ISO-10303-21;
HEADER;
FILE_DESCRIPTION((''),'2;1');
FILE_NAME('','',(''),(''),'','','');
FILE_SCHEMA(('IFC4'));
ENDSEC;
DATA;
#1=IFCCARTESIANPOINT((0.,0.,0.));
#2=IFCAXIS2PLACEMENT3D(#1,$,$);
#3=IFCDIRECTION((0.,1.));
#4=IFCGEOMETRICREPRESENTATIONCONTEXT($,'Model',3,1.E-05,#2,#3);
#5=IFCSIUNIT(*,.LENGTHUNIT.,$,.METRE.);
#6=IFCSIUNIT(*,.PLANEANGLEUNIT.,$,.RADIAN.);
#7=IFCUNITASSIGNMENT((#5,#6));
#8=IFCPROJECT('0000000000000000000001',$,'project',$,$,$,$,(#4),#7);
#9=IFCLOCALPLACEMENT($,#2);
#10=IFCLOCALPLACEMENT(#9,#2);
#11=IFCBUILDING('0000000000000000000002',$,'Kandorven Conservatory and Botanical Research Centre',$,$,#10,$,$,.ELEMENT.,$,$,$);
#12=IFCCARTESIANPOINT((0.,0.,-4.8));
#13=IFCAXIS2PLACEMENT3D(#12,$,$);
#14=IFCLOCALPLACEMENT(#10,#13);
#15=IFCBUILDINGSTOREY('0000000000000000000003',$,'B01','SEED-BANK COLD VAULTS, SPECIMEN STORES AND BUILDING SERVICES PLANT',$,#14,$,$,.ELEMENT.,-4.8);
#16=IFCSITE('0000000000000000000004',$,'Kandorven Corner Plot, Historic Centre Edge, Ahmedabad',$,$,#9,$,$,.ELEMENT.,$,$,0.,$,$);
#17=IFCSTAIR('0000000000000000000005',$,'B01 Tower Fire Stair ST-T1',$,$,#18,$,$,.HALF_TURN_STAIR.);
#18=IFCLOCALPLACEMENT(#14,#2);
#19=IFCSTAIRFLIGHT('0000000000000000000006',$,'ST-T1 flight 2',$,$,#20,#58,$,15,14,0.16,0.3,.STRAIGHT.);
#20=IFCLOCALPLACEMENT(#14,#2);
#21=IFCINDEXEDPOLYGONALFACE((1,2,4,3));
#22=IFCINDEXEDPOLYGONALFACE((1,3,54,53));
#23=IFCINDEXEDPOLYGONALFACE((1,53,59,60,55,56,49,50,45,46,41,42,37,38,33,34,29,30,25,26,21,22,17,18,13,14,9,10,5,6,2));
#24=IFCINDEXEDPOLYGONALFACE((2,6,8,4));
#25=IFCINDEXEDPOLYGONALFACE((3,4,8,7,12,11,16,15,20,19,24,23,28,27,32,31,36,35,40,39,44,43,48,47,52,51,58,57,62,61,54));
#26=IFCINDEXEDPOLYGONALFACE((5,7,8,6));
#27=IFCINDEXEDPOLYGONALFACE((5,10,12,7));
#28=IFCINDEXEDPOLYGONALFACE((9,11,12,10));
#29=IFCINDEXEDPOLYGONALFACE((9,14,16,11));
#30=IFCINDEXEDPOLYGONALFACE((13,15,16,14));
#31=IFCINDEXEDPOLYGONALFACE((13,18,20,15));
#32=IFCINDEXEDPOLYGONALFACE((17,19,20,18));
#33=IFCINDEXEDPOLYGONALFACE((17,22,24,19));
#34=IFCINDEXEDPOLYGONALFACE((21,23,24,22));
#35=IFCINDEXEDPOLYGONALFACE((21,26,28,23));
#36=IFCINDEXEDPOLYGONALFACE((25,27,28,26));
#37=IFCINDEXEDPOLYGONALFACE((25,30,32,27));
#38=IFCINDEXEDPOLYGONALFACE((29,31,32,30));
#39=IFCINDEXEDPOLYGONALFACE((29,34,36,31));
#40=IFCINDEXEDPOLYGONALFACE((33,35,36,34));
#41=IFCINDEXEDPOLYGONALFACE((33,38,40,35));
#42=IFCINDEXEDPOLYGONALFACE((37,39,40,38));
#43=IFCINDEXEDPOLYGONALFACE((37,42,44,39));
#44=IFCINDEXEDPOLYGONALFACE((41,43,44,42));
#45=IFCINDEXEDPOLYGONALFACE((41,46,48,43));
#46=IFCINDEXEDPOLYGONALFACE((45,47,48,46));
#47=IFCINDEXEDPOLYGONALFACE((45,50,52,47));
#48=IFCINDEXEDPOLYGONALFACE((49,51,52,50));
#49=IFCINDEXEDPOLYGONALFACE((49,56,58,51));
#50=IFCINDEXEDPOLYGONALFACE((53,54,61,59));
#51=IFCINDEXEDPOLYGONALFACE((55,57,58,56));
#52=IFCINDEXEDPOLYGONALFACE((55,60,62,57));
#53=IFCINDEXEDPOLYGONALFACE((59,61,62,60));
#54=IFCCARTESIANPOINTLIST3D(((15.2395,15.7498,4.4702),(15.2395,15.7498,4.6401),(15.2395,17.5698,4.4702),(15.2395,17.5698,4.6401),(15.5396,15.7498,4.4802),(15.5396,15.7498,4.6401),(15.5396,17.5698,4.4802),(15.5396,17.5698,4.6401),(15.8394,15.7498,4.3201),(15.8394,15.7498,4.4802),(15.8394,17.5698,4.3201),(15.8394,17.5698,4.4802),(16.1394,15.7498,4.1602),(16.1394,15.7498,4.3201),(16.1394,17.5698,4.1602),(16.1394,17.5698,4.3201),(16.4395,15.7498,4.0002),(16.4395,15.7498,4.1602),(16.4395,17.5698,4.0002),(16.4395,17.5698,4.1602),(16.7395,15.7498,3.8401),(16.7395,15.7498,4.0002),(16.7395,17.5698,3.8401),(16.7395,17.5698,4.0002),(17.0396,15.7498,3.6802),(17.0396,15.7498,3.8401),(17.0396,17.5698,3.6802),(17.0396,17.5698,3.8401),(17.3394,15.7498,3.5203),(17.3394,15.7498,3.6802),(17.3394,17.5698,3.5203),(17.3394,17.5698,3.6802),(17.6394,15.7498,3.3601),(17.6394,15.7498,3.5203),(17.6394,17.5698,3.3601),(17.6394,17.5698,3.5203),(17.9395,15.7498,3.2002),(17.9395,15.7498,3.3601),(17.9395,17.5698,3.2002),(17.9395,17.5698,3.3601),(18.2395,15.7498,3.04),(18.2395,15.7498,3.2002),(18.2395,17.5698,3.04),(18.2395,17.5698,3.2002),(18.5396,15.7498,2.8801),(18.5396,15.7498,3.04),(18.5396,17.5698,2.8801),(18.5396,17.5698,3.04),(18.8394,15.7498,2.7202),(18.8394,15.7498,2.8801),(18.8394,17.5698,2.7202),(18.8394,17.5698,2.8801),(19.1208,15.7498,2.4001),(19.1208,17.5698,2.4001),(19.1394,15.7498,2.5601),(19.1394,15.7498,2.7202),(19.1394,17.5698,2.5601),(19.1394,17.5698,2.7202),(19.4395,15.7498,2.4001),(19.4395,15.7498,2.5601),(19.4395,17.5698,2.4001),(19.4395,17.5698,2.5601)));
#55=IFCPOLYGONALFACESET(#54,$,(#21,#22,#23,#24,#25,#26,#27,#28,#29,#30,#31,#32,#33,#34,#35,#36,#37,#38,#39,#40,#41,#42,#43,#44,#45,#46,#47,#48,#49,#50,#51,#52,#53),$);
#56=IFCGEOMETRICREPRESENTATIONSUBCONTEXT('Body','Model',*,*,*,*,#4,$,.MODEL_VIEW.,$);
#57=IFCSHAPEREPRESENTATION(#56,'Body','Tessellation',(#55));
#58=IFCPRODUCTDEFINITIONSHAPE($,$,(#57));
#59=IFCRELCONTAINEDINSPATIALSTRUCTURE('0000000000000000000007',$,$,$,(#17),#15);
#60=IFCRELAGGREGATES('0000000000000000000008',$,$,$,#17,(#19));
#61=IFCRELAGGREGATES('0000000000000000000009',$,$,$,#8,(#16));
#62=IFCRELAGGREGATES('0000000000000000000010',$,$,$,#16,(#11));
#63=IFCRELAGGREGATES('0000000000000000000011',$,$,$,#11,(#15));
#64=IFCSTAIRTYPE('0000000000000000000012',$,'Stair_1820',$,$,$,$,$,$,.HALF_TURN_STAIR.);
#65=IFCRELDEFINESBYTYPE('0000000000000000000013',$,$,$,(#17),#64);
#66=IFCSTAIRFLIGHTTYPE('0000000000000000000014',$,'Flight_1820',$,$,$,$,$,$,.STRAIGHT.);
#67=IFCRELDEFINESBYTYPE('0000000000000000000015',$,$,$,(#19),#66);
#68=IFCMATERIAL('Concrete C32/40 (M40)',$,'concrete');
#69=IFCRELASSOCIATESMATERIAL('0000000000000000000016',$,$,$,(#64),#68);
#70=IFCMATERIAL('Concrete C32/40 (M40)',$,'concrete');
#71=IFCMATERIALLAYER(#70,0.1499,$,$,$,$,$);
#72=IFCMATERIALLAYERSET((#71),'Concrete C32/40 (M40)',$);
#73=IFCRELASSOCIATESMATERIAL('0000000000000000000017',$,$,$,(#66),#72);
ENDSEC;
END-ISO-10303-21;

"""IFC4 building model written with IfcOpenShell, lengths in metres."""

from ifc_helpers import new_model, si_unit, direction, frame, origin, place, context, subcontext, project, spatial, polyline, outline, extrude, material, layer, layer_set, type_object, element, aggregate, save


model = new_model("IFC4")

# Units and contexts
model_context = context("Model", 3, precision=1e-05, world=origin(), true_north=direction((0.0, 1.0)))
body_context = subcontext(model_context, "Body", "Model", "MODEL_VIEW")
ifc_project = project(units=[si_unit("LENGTHUNIT", "METRE"), si_unit("PLANEANGLEUNIT", "RADIAN")], contexts=[model_context])

# Site, building, storey
site_placement = place(None, origin())
site = spatial("IfcSite", under=ifc_project, at=site_placement, Name="Kandorven Corner Plot, Historic Centre Edge, Ahmedabad", CompositionType="ELEMENT", RefElevation=0.0)
building_placement = place(site_placement, origin())
building = spatial("IfcBuilding", under=site, at=building_placement, Name="Kandorven Conservatory and Botanical Research Centre", CompositionType="ELEMENT")
storey_placement = place(building_placement, frame((0.0, 0.0, -4.8)))
storey = spatial("IfcBuildingStorey", under=building, at=storey_placement, Name="B01", Description="SEED-BANK COLD VAULTS, SPECIMEN STORES AND BUILDING SERVICES PLANT", CompositionType="ELEMENT", Elevation=-4.8)

# Stair, stair flight
ifc_material_1 = material(Name="Concrete C32/40 (M40)", Category="concrete")
stair_type = type_object("IfcStairType", Name="Stair_1820", PredefinedType="HALF_TURN_STAIR", material=ifc_material_1)
stair_placement = place(storey_placement, origin())
stair = element("IfcStair", 1, at=stair_placement, inside=storey, type_object=stair_type, Name="B01 Tower Fire Stair ST-T1", PredefinedType="HALF_TURN_STAIR")
ifc_material_2 = material(Name="Concrete C32/40 (M40)", Category="concrete")
ifc_layer_1 = layer(ifc_material_2, 0.1499)
ifc_layer_set_1 = layer_set([ifc_layer_1], Name="Concrete C32/40 (M40)")
stair_flight_type = type_object("IfcStairFlightType", Name="Flight_1820", PredefinedType="STRAIGHT", material=ifc_layer_set_1)
stair_flight_1_placement = place(storey_placement, frame((19.4395, 16.6599, 2.4001), z_axis=(0.0, 0.0, 1.0), x_axis=(-1.0, 0.0, 0.0)))
stair_flight_1 = element("IfcStairFlight", 2, at=stair_flight_1_placement, type_object=stair_flight_type, Name="ST-T1 flight 2", NumberOfRisers=15, NumberOfTreads=14, PredefinedType="STRAIGHT", RiserHeight=0.16, TreadLength=0.3, context=body_context, shape_type="SweptSolid", body=[
    extrude(outline(polyline([(0.0, 0.0), (0.0, 0.1599), (0.3, 0.1599), (0.3, 0.3201), (0.6001, 0.3201), (0.6001, 0.48), (0.8999, 0.48), (0.8999, 0.6399), (1.2, 0.6399), (1.2, 0.8), (1.5, 0.8), (1.5, 0.96), (1.8, 0.96), (1.8, 1.1201), (2.1001, 1.1201), (2.1001, 1.28), (2.3999, 1.28), (2.3999, 1.4399), (2.7, 1.4399), (2.7, 1.6001), (3.0, 1.6001), (3.0, 1.76), (3.3, 1.76), (3.3, 1.9199), (3.6001, 1.9199), (3.6001, 2.0801), (3.8999, 2.0801), (3.8999, 2.24), (4.2, 2.24), (4.2, 2.3999), (4.2, 2.0701), (0.3186, 0.0), (0.0, 0.0)])), frame((0.0, 0.9102, 0.0), z_axis=(0.0, -1.0, 0.0), x_axis=(1.0, 0.0, 0.0)), (0.0, 0.0, 1.0), 1.8201),
])
aggregate(stair, [stair_flight_1])

save(model, "model.ifc")
